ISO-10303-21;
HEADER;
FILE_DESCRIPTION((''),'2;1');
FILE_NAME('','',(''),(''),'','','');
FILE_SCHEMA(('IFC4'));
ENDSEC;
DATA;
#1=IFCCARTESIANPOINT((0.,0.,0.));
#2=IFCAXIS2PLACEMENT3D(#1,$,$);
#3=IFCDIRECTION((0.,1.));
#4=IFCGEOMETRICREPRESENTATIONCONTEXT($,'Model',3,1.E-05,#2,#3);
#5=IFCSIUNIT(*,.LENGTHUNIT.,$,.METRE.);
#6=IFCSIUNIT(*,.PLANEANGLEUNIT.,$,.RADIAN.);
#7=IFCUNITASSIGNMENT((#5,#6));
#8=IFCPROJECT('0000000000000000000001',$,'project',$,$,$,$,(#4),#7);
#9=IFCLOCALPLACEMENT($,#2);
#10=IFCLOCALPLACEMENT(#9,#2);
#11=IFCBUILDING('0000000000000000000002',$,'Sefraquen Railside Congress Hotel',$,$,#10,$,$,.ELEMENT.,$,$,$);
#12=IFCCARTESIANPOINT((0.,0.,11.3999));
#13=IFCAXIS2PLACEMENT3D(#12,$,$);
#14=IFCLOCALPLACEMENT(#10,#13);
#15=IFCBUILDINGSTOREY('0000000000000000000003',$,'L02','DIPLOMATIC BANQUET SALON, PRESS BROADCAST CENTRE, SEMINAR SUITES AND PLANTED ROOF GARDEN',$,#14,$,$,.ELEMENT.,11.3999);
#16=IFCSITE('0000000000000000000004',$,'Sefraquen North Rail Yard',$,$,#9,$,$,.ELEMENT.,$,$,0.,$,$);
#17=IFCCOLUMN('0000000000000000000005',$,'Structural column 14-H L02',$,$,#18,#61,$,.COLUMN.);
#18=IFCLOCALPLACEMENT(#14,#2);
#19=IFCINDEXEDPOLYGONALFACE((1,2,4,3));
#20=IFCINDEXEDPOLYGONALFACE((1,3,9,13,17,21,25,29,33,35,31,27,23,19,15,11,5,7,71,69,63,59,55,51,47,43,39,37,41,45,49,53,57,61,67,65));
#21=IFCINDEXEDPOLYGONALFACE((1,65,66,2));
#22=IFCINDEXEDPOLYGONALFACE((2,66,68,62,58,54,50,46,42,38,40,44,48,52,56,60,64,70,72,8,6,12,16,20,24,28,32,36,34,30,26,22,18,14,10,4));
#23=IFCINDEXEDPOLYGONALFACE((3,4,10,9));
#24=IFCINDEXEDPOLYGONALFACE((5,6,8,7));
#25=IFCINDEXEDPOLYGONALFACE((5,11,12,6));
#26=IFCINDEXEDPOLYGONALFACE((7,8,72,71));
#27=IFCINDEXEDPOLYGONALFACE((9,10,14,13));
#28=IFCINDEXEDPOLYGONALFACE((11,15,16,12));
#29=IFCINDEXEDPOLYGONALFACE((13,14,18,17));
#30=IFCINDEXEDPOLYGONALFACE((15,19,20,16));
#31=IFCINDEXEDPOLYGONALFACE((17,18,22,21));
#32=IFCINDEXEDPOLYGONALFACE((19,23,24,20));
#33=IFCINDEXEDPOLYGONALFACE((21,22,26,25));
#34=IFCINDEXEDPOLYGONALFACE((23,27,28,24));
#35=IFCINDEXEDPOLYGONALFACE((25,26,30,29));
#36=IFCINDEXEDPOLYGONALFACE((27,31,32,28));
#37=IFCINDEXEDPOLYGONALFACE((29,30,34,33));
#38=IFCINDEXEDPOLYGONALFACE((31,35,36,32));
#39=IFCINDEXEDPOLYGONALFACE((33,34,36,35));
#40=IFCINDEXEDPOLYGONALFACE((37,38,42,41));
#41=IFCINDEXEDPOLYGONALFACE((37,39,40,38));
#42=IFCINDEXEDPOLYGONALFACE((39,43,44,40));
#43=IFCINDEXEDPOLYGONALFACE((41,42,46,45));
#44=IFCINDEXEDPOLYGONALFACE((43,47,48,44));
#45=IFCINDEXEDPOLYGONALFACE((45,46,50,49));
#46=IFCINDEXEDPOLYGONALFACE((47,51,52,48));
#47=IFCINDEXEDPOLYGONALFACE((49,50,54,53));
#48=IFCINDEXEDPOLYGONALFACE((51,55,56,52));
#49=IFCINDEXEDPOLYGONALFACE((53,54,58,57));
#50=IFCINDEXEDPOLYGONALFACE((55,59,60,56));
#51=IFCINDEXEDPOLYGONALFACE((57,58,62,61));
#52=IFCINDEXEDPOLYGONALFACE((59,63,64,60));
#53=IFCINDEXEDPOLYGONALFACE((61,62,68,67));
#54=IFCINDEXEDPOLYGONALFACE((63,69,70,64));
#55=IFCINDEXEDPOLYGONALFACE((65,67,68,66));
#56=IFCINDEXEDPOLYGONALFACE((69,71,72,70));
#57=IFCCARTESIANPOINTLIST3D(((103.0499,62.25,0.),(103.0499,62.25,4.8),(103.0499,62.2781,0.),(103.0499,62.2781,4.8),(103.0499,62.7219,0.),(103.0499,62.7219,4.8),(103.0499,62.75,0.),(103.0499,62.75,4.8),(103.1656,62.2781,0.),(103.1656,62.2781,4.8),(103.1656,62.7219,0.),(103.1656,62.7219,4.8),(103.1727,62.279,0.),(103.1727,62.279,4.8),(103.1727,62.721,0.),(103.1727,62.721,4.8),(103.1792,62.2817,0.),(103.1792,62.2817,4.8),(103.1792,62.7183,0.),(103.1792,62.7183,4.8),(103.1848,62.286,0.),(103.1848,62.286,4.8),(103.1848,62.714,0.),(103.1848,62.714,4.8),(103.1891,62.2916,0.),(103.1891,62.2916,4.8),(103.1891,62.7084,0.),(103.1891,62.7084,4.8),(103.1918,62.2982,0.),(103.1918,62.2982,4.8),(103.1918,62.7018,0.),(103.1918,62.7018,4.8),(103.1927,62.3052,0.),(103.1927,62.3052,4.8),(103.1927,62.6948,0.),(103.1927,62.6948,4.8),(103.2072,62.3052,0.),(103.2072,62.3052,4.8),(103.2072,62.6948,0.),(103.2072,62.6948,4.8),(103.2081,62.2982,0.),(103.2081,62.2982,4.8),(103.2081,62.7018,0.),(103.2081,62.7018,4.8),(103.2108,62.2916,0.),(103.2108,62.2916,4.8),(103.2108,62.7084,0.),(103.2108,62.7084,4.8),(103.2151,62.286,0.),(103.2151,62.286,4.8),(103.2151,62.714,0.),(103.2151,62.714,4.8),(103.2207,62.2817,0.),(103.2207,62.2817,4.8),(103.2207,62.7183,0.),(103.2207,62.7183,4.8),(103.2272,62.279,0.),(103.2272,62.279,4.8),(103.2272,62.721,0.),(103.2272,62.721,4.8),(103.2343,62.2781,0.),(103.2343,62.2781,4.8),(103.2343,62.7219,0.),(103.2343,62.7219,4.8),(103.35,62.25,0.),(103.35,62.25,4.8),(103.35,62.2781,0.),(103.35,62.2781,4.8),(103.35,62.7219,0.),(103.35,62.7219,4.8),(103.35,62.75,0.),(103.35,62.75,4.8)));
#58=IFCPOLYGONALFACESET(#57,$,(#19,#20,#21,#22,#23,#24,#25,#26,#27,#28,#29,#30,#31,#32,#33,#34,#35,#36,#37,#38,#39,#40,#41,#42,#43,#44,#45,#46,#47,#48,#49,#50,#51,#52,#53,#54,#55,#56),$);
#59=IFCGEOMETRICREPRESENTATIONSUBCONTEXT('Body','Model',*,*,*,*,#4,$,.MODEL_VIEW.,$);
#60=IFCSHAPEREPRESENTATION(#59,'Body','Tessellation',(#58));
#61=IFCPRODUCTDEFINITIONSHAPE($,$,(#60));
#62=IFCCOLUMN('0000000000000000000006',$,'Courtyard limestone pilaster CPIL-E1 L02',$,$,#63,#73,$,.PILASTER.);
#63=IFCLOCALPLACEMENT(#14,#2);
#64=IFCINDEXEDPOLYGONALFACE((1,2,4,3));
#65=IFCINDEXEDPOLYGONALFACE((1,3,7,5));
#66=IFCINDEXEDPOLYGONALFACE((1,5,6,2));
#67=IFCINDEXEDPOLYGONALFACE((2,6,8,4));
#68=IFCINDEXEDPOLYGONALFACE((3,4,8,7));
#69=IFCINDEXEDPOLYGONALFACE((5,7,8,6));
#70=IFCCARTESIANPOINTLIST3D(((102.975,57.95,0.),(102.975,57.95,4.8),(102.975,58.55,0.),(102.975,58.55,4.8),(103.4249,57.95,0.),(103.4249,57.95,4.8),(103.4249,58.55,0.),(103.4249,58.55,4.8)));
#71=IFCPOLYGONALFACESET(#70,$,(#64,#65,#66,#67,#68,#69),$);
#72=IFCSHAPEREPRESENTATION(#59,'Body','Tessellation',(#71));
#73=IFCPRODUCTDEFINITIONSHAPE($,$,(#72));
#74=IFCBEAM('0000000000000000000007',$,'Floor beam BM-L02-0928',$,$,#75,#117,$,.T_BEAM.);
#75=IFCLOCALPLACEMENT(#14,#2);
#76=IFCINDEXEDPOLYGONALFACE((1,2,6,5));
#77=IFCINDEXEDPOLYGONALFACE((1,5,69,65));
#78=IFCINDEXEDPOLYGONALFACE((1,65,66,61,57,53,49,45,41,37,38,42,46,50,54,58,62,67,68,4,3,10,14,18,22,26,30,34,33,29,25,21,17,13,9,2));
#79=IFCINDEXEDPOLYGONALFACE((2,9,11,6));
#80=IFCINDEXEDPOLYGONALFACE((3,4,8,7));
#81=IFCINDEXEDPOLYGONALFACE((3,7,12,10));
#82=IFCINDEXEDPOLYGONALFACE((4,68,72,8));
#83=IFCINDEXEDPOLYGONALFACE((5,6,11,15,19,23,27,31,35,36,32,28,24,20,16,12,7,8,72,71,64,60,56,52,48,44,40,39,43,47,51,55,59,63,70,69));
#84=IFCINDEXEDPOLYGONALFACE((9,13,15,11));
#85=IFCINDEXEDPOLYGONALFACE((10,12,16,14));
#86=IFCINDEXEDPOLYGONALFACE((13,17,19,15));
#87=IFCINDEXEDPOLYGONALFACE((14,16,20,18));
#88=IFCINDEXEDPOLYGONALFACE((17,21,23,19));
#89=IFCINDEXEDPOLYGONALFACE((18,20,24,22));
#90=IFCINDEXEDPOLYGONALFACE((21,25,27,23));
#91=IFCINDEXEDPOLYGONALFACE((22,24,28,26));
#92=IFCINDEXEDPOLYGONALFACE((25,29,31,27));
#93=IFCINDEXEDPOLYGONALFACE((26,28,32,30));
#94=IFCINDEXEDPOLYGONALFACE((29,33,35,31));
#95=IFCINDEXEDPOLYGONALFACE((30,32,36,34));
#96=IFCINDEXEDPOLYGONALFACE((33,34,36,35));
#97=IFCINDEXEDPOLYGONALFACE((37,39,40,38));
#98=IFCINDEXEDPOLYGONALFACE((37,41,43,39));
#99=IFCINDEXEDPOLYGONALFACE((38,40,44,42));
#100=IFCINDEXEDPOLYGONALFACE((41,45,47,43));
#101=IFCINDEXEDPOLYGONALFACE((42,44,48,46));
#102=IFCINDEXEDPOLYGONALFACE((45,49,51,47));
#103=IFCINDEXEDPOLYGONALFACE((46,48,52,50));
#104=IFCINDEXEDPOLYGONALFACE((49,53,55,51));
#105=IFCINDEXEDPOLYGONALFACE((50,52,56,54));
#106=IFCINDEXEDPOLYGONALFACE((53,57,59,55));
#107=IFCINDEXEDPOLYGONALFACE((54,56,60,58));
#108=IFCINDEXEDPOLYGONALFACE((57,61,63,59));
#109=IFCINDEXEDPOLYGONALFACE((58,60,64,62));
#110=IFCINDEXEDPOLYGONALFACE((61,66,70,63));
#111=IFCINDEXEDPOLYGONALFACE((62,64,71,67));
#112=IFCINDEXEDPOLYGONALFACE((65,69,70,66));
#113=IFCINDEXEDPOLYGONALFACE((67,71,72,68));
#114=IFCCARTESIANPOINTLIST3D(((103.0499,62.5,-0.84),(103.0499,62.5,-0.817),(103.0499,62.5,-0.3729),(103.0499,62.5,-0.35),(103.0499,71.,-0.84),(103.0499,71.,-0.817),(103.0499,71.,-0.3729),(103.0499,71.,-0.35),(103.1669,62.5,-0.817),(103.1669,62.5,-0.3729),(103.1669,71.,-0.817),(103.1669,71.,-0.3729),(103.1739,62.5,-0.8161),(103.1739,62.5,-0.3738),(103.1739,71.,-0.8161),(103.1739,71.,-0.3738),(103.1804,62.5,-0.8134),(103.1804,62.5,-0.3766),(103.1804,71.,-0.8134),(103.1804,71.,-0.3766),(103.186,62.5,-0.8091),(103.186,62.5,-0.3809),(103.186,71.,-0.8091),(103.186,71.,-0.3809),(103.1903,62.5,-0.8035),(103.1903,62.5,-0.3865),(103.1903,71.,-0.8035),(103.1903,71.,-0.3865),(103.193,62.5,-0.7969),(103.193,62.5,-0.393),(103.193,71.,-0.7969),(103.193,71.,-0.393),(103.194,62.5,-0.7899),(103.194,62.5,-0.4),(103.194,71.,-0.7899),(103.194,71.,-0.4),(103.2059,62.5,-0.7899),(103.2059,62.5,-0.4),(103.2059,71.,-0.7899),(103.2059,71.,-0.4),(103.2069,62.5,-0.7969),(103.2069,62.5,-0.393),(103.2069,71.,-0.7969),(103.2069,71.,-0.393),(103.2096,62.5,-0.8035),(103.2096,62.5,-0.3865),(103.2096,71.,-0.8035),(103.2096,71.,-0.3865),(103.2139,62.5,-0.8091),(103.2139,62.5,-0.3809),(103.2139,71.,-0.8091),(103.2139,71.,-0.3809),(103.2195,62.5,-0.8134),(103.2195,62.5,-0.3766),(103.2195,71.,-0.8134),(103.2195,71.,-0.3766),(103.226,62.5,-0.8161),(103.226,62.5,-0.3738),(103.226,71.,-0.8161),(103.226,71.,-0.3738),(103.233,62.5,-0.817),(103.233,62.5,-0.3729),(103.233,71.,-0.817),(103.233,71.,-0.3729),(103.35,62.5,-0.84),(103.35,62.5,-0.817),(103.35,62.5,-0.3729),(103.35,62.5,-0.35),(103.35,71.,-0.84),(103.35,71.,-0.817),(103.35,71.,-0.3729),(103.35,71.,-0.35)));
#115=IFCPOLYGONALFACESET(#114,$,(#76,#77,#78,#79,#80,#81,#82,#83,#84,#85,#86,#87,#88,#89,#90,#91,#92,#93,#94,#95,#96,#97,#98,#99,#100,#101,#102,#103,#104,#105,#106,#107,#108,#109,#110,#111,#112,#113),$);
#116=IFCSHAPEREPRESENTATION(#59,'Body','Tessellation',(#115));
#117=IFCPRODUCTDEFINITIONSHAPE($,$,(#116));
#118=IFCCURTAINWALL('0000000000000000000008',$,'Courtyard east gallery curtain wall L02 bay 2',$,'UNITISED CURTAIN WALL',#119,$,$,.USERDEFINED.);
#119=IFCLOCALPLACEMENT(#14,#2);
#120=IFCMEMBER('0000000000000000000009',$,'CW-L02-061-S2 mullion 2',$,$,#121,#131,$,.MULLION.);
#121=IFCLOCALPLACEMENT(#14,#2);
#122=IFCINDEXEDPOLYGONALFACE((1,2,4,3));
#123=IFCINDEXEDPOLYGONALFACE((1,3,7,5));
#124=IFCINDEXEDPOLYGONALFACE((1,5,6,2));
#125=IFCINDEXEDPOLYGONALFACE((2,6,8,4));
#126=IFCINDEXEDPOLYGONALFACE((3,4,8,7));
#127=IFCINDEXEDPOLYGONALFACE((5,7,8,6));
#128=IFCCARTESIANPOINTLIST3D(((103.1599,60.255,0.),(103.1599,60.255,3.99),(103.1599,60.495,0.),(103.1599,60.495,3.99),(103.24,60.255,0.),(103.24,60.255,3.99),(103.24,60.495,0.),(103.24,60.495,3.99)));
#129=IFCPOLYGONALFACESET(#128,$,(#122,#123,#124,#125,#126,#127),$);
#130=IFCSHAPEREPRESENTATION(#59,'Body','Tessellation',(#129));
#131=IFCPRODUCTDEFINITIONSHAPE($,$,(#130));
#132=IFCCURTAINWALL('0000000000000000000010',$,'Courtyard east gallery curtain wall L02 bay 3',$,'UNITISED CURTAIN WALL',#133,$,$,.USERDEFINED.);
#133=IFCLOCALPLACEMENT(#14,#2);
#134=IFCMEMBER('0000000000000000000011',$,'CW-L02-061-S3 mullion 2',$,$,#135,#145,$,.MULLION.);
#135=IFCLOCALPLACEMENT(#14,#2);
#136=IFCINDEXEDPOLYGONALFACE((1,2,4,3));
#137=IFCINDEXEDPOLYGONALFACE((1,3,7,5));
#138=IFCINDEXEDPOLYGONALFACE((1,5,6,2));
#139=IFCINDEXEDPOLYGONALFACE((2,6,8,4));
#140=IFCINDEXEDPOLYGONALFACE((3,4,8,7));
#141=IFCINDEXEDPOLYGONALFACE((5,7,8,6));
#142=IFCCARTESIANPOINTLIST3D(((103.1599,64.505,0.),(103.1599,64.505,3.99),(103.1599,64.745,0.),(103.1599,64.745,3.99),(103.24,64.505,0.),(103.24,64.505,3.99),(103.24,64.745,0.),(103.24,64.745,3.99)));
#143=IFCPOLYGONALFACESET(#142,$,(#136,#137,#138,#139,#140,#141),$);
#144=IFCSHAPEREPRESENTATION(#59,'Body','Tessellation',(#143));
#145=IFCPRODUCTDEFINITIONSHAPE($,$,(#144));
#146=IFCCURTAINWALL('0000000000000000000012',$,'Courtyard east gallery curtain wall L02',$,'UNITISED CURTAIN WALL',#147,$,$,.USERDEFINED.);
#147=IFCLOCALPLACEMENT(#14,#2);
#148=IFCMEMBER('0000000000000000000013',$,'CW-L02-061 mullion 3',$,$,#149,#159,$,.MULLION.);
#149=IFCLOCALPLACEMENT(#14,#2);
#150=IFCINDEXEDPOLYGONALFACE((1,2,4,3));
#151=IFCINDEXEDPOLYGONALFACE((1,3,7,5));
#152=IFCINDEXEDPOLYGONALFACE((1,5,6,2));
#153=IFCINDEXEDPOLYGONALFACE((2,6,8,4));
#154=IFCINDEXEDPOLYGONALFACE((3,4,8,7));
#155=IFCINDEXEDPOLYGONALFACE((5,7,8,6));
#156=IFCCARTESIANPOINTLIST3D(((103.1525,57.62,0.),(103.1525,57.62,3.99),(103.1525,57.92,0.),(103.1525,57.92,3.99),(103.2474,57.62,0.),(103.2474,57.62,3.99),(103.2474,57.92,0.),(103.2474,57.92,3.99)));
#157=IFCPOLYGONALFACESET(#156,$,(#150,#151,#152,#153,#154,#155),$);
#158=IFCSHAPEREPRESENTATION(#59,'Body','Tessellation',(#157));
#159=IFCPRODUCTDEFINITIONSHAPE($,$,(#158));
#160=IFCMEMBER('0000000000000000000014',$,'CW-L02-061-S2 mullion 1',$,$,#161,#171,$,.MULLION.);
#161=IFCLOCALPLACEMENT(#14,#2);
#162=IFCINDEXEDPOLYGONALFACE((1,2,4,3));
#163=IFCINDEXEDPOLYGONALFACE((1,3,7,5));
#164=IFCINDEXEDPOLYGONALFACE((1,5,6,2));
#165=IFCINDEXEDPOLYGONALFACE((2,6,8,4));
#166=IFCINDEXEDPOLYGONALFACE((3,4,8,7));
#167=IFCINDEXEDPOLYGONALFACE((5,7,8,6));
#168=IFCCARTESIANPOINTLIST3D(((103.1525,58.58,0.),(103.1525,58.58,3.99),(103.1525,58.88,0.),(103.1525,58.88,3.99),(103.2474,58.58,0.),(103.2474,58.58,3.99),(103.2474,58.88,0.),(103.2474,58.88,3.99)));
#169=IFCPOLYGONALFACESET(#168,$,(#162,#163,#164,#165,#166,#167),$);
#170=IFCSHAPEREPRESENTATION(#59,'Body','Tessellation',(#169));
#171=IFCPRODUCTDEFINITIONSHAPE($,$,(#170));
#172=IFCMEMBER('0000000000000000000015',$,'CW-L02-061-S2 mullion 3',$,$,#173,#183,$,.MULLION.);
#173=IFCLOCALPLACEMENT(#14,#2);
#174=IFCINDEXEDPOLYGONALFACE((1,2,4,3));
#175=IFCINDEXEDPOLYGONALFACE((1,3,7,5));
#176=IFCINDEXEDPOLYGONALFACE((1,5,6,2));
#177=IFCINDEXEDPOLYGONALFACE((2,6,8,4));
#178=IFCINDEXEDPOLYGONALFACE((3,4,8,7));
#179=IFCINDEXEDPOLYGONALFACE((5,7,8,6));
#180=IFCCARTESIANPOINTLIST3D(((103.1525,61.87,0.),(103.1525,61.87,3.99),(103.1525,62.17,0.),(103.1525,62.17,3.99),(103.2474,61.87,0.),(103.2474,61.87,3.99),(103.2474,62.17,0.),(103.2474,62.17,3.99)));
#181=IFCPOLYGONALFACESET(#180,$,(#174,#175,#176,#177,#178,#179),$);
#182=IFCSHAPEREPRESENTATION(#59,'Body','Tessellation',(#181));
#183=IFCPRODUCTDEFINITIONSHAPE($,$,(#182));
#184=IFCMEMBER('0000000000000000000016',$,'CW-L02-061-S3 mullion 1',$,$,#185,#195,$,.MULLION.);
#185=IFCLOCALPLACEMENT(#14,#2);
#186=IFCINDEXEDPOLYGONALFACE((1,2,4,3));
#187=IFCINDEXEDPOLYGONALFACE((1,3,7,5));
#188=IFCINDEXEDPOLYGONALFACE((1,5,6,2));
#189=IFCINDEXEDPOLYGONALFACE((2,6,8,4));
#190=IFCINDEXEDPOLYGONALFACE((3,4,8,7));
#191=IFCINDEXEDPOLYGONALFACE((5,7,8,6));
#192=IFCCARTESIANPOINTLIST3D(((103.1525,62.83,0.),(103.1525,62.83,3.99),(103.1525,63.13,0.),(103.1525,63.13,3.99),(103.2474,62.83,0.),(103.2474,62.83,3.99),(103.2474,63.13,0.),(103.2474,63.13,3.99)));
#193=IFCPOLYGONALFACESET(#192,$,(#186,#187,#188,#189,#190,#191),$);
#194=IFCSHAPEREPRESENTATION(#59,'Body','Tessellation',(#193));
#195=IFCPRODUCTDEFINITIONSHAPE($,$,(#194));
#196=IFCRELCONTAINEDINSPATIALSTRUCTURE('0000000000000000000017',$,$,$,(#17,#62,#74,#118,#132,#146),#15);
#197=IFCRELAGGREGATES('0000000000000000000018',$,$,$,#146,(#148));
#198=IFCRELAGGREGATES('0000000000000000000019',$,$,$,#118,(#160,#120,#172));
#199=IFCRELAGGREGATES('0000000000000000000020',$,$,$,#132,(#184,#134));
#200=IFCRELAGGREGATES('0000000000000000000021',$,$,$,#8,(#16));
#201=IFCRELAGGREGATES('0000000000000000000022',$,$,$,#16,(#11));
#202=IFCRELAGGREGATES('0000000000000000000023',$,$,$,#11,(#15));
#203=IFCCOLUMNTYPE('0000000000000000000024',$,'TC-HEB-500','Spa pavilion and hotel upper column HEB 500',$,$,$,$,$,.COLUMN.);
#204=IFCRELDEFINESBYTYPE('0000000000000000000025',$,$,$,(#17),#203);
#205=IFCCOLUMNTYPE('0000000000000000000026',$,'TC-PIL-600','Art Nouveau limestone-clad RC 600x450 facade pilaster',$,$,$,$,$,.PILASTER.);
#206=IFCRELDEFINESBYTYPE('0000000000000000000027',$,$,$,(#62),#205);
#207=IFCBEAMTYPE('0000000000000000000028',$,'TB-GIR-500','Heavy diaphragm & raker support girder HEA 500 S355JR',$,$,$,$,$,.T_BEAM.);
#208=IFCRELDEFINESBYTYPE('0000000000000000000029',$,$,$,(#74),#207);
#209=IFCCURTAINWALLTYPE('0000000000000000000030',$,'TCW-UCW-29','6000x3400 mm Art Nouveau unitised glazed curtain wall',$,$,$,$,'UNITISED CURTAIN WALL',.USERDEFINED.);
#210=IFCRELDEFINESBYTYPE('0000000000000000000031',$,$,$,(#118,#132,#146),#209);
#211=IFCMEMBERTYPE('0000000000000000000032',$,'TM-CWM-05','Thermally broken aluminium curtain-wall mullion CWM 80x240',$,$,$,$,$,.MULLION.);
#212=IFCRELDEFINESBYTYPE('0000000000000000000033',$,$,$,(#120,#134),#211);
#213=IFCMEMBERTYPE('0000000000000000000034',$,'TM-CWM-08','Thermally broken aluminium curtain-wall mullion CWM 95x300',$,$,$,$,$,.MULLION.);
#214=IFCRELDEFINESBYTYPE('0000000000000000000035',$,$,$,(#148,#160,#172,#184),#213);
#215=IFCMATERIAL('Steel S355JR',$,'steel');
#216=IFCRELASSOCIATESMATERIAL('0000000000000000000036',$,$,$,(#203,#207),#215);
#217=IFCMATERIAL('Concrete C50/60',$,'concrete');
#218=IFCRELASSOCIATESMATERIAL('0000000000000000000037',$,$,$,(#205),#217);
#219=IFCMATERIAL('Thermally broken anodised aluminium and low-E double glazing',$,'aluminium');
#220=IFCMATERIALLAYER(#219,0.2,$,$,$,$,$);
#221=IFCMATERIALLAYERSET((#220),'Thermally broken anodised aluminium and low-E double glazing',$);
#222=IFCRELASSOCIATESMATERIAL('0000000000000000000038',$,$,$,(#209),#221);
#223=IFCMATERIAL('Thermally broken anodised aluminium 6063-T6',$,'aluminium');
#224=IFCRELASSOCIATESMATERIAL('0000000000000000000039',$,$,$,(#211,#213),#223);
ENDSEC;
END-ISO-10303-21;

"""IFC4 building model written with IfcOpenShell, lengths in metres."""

from ifc_helpers import new_model, si_unit, direction, frame, origin, origin_2d, place, context, subcontext, project, spatial, rectangle, i_section, extrude, material, layer, layer_set, material_profile, profile_set, type_object, element, aggregate, save


model = new_model("IFC4")

# Units and contexts
model_context = context("Model", 3, precision=1e-05, world=origin(), true_north=direction((0.0, 1.0)))
body_context = subcontext(model_context, "Body", "Model", "MODEL_VIEW")
ifc_project = project(units=[si_unit("LENGTHUNIT", "METRE"), si_unit("PLANEANGLEUNIT", "RADIAN")], contexts=[model_context])

# Site, building, storey
site_placement = place(None, origin())
site = spatial("IfcSite", under=ifc_project, at=site_placement, Name="Sefraquen North Rail Yard", CompositionType="ELEMENT", RefElevation=0.0)
building_placement = place(site_placement, origin())
building = spatial("IfcBuilding", under=site, at=building_placement, Name="Sefraquen Railside Congress Hotel", CompositionType="ELEMENT")
storey_placement = place(building_placement, frame((0.0, 0.0, 11.3999)))
storey = spatial("IfcBuildingStorey", under=building, at=storey_placement, Name="L02", Description="DIPLOMATIC BANQUET SALON, PRESS BROADCAST CENTRE, SEMINAR SUITES AND PLANTED ROOF GARDEN", CompositionType="ELEMENT", Elevation=11.3999)

# Columns
ifc_material_1 = material(Name="Steel S355JR", Category="steel")
ifc_material_profile_1 = material_profile(ifc_material_1, i_section(OverallWidth=0.3, OverallDepth=0.5, WebThickness=0.0144, FlangeThickness=0.0281, FilletRadius=0.0271, at=origin_2d()), Name="HEB 500")
ifc_profile_set_1 = profile_set([ifc_material_profile_1], Name="Steel S355JR")
column_type_1 = type_object("IfcColumnType", Name="TC-HEB-500", Description="Spa pavilion and hotel upper column HEB 500", PredefinedType="COLUMN", material=ifc_profile_set_1)
column_1_placement = place(storey_placement, frame((103.2, 62.5, 0.0), z_axis=(0.0, 0.0, 1.0), x_axis=(1.0, 0.0, 0.0)))
element("IfcColumn", 1, at=column_1_placement, inside=storey, type_object=column_type_1, Name="Structural column 14-H L02", PredefinedType="COLUMN", context=body_context, shape_type="SweptSolid", body=[
    extrude(i_section(OverallWidth=0.3, OverallDepth=0.5, WebThickness=0.0144, FlangeThickness=0.0281, FilletRadius=0.0271, at=origin_2d()), origin(), (0.0, 0.0, 1.0), 4.8),
])
ifc_material_2 = material(Name="Concrete C50/60", Category="concrete")
ifc_material_profile_2 = material_profile(ifc_material_2, rectangle(XDim=0.45, YDim=0.6001, at=origin_2d()), Name="RC 600x450")
ifc_profile_set_2 = profile_set([ifc_material_profile_2], Name="Concrete C50/60")
column_type_2 = type_object("IfcColumnType", Name="TC-PIL-600", Description="Art Nouveau limestone-clad RC 600x450 facade pilaster", PredefinedType="PILASTER", material=ifc_profile_set_2)
column_2_placement = place(storey_placement, frame((103.2, 58.25, 0.0), z_axis=(0.0, 0.0, 1.0), x_axis=(1.0, 0.0, 0.0)))
element("IfcColumn", 2, at=column_2_placement, inside=storey, type_object=column_type_2, Name="Courtyard limestone pilaster CPIL-E1 L02", PredefinedType="PILASTER", context=body_context, shape_type="SweptSolid", body=[
    extrude(rectangle(XDim=0.45, YDim=0.6001, at=origin_2d()), origin(), (0.0, 0.0, 1.0), 4.8),
])

# Beam
ifc_material_profile_3 = material_profile(ifc_material_1, i_section(OverallWidth=0.3, OverallDepth=0.49, WebThickness=0.012, FlangeThickness=0.0229, FilletRadius=0.0271, at=origin_2d()), Name="HEA 500")
ifc_profile_set_3 = profile_set([ifc_material_profile_3], Name="Steel S355JR")
beam_type = type_object("IfcBeamType", Name="TB-GIR-500", Description="Heavy diaphragm & raker support girder HEA 500 S355JR", PredefinedType="T_BEAM", material=ifc_profile_set_3)
beam_placement = place(storey_placement, frame((103.2, 62.5, -0.595), z_axis=(0.0, 1.0, 0.0), x_axis=(-1.0, 0.0, 0.0)))
element("IfcBeam", 3, at=beam_placement, inside=storey, type_object=beam_type, Name="Floor beam BM-L02-0928", PredefinedType="T_BEAM", context=body_context, shape_type="SweptSolid", body=[
    extrude(i_section(OverallWidth=0.3, OverallDepth=0.49, WebThickness=0.012, FlangeThickness=0.0229, FilletRadius=0.0271, at=origin_2d()), origin(), (0.0, 0.0, 1.0), 8.5),
])

# Curtain walls, members
ifc_material_3 = material(Name="Thermally broken anodised aluminium and low-E double glazing", Category="aluminium")
ifc_layer_1 = layer(ifc_material_3, 0.2)
ifc_layer_set_1 = layer_set([ifc_layer_1], Name="Thermally broken anodised aluminium and low-E double glazing")
curtain_wall_type = type_object("IfcCurtainWallType", Name="TCW-UCW-29", Description="6000x3400 mm Art Nouveau unitised glazed curtain wall", ElementType="UNITISED CURTAIN WALL", PredefinedType="USERDEFINED", material=ifc_layer_set_1)
curtain_wall_1_placement = place(storey_placement, origin())
curtain_wall_1 = element("IfcCurtainWall", 4, at=curtain_wall_1_placement, inside=storey, type_object=curtain_wall_type, Name="Courtyard east gallery curtain wall L02 bay 2", ObjectType="UNITISED CURTAIN WALL", PredefinedType="USERDEFINED")
ifc_material_4 = material(Name="Thermally broken anodised aluminium 6063-T6", Category="aluminium")
ifc_material_profile_4 = material_profile(ifc_material_4, rectangle(XDim=0.0801, YDim=0.24, at=origin_2d()), Name="CWM 80x240")
ifc_profile_set_4 = profile_set([ifc_material_profile_4], Name="Thermally broken anodised aluminium 6063-T6")
member_type_1 = type_object("IfcMemberType", Name="TM-CWM-05", Description="Thermally broken aluminium curtain-wall mullion CWM 80x240", PredefinedType="MULLION", material=ifc_profile_set_4)
member_1_placement = place(storey_placement, frame((103.2, 60.375, 0.0), z_axis=(0.0, 0.0, 1.0), x_axis=(1.0, 0.0, 0.0)))
member_1 = element("IfcMember", 5, at=member_1_placement, type_object=member_type_1, Name="CW-L02-061-S2 mullion 2", PredefinedType="MULLION", context=body_context, shape_type="SweptSolid", body=[
    extrude(rectangle(XDim=0.0801, YDim=0.24, at=origin_2d()), origin(), (0.0, 0.0, 1.0), 3.99),
])
curtain_wall_2_placement = place(storey_placement, origin())
curtain_wall_2 = element("IfcCurtainWall", 6, at=curtain_wall_2_placement, inside=storey, type_object=curtain_wall_type, Name="Courtyard east gallery curtain wall L02 bay 3", ObjectType="UNITISED CURTAIN WALL", PredefinedType="USERDEFINED")
member_2_placement = place(storey_placement, frame((103.2, 64.625, 0.0), z_axis=(0.0, 0.0, 1.0), x_axis=(1.0, 0.0, 0.0)))
member_2 = element("IfcMember", 7, at=member_2_placement, type_object=member_type_1, Name="CW-L02-061-S3 mullion 2", PredefinedType="MULLION", context=body_context, shape_type="SweptSolid", body=[
    extrude(rectangle(XDim=0.0801, YDim=0.24, at=origin_2d()), origin(), (0.0, 0.0, 1.0), 3.99),
])
curtain_wall_3_placement = place(storey_placement, origin())
curtain_wall_3 = element("IfcCurtainWall", 8, at=curtain_wall_3_placement, inside=storey, type_object=curtain_wall_type, Name="Courtyard east gallery curtain wall L02", ObjectType="UNITISED CURTAIN WALL", PredefinedType="USERDEFINED")
ifc_material_profile_5 = material_profile(ifc_material_4, rectangle(XDim=0.095, YDim=0.3, at=origin_2d()), Name="CWM 95x300")
ifc_profile_set_5 = profile_set([ifc_material_profile_5], Name="Thermally broken anodised aluminium 6063-T6")
member_type_2 = type_object("IfcMemberType", Name="TM-CWM-08", Description="Thermally broken aluminium curtain-wall mullion CWM 95x300", PredefinedType="MULLION", material=ifc_profile_set_5)
member_3_placement = place(storey_placement, frame((103.2, 57.77, 0.0), z_axis=(0.0, 0.0, 1.0), x_axis=(1.0, 0.0, 0.0)))
member_3 = element("IfcMember", 9, at=member_3_placement, type_object=member_type_2, Name="CW-L02-061 mullion 3", PredefinedType="MULLION", context=body_context, shape_type="SweptSolid", body=[
    extrude(rectangle(XDim=0.095, YDim=0.3, at=origin_2d()), origin(), (0.0, 0.0, 1.0), 3.99),
])

# Members
member_4_placement = place(storey_placement, frame((103.2, 58.73, 0.0), z_axis=(0.0, 0.0, 1.0), x_axis=(1.0, 0.0, 0.0)))
member_4 = element("IfcMember", 10, at=member_4_placement, type_object=member_type_2, Name="CW-L02-061-S2 mullion 1", PredefinedType="MULLION", context=body_context, shape_type="SweptSolid", body=[
    extrude(rectangle(XDim=0.095, YDim=0.3, at=origin_2d()), origin(), (0.0, 0.0, 1.0), 3.99),
])
member_5_placement = place(storey_placement, frame((103.2, 62.02, 0.0), z_axis=(0.0, 0.0, 1.0), x_axis=(1.0, 0.0, 0.0)))
member_5 = element("IfcMember", 11, at=member_5_placement, type_object=member_type_2, Name="CW-L02-061-S2 mullion 3", PredefinedType="MULLION", context=body_context, shape_type="SweptSolid", body=[
    extrude(rectangle(XDim=0.095, YDim=0.3, at=origin_2d()), origin(), (0.0, 0.0, 1.0), 3.99),
])
member_6_placement = place(storey_placement, frame((103.2, 62.98, 0.0), z_axis=(0.0, 0.0, 1.0), x_axis=(1.0, 0.0, 0.0)))
member_6 = element("IfcMember", 12, at=member_6_placement, type_object=member_type_2, Name="CW-L02-061-S3 mullion 1", PredefinedType="MULLION", context=body_context, shape_type="SweptSolid", body=[
    extrude(rectangle(XDim=0.095, YDim=0.3, at=origin_2d()), origin(), (0.0, 0.0, 1.0), 3.99),
])

aggregate(curtain_wall_3, [member_3])
aggregate(curtain_wall_1, [member_4, member_1, member_5])
aggregate(curtain_wall_2, [member_6, member_2])

save(model, "model.ifc")
